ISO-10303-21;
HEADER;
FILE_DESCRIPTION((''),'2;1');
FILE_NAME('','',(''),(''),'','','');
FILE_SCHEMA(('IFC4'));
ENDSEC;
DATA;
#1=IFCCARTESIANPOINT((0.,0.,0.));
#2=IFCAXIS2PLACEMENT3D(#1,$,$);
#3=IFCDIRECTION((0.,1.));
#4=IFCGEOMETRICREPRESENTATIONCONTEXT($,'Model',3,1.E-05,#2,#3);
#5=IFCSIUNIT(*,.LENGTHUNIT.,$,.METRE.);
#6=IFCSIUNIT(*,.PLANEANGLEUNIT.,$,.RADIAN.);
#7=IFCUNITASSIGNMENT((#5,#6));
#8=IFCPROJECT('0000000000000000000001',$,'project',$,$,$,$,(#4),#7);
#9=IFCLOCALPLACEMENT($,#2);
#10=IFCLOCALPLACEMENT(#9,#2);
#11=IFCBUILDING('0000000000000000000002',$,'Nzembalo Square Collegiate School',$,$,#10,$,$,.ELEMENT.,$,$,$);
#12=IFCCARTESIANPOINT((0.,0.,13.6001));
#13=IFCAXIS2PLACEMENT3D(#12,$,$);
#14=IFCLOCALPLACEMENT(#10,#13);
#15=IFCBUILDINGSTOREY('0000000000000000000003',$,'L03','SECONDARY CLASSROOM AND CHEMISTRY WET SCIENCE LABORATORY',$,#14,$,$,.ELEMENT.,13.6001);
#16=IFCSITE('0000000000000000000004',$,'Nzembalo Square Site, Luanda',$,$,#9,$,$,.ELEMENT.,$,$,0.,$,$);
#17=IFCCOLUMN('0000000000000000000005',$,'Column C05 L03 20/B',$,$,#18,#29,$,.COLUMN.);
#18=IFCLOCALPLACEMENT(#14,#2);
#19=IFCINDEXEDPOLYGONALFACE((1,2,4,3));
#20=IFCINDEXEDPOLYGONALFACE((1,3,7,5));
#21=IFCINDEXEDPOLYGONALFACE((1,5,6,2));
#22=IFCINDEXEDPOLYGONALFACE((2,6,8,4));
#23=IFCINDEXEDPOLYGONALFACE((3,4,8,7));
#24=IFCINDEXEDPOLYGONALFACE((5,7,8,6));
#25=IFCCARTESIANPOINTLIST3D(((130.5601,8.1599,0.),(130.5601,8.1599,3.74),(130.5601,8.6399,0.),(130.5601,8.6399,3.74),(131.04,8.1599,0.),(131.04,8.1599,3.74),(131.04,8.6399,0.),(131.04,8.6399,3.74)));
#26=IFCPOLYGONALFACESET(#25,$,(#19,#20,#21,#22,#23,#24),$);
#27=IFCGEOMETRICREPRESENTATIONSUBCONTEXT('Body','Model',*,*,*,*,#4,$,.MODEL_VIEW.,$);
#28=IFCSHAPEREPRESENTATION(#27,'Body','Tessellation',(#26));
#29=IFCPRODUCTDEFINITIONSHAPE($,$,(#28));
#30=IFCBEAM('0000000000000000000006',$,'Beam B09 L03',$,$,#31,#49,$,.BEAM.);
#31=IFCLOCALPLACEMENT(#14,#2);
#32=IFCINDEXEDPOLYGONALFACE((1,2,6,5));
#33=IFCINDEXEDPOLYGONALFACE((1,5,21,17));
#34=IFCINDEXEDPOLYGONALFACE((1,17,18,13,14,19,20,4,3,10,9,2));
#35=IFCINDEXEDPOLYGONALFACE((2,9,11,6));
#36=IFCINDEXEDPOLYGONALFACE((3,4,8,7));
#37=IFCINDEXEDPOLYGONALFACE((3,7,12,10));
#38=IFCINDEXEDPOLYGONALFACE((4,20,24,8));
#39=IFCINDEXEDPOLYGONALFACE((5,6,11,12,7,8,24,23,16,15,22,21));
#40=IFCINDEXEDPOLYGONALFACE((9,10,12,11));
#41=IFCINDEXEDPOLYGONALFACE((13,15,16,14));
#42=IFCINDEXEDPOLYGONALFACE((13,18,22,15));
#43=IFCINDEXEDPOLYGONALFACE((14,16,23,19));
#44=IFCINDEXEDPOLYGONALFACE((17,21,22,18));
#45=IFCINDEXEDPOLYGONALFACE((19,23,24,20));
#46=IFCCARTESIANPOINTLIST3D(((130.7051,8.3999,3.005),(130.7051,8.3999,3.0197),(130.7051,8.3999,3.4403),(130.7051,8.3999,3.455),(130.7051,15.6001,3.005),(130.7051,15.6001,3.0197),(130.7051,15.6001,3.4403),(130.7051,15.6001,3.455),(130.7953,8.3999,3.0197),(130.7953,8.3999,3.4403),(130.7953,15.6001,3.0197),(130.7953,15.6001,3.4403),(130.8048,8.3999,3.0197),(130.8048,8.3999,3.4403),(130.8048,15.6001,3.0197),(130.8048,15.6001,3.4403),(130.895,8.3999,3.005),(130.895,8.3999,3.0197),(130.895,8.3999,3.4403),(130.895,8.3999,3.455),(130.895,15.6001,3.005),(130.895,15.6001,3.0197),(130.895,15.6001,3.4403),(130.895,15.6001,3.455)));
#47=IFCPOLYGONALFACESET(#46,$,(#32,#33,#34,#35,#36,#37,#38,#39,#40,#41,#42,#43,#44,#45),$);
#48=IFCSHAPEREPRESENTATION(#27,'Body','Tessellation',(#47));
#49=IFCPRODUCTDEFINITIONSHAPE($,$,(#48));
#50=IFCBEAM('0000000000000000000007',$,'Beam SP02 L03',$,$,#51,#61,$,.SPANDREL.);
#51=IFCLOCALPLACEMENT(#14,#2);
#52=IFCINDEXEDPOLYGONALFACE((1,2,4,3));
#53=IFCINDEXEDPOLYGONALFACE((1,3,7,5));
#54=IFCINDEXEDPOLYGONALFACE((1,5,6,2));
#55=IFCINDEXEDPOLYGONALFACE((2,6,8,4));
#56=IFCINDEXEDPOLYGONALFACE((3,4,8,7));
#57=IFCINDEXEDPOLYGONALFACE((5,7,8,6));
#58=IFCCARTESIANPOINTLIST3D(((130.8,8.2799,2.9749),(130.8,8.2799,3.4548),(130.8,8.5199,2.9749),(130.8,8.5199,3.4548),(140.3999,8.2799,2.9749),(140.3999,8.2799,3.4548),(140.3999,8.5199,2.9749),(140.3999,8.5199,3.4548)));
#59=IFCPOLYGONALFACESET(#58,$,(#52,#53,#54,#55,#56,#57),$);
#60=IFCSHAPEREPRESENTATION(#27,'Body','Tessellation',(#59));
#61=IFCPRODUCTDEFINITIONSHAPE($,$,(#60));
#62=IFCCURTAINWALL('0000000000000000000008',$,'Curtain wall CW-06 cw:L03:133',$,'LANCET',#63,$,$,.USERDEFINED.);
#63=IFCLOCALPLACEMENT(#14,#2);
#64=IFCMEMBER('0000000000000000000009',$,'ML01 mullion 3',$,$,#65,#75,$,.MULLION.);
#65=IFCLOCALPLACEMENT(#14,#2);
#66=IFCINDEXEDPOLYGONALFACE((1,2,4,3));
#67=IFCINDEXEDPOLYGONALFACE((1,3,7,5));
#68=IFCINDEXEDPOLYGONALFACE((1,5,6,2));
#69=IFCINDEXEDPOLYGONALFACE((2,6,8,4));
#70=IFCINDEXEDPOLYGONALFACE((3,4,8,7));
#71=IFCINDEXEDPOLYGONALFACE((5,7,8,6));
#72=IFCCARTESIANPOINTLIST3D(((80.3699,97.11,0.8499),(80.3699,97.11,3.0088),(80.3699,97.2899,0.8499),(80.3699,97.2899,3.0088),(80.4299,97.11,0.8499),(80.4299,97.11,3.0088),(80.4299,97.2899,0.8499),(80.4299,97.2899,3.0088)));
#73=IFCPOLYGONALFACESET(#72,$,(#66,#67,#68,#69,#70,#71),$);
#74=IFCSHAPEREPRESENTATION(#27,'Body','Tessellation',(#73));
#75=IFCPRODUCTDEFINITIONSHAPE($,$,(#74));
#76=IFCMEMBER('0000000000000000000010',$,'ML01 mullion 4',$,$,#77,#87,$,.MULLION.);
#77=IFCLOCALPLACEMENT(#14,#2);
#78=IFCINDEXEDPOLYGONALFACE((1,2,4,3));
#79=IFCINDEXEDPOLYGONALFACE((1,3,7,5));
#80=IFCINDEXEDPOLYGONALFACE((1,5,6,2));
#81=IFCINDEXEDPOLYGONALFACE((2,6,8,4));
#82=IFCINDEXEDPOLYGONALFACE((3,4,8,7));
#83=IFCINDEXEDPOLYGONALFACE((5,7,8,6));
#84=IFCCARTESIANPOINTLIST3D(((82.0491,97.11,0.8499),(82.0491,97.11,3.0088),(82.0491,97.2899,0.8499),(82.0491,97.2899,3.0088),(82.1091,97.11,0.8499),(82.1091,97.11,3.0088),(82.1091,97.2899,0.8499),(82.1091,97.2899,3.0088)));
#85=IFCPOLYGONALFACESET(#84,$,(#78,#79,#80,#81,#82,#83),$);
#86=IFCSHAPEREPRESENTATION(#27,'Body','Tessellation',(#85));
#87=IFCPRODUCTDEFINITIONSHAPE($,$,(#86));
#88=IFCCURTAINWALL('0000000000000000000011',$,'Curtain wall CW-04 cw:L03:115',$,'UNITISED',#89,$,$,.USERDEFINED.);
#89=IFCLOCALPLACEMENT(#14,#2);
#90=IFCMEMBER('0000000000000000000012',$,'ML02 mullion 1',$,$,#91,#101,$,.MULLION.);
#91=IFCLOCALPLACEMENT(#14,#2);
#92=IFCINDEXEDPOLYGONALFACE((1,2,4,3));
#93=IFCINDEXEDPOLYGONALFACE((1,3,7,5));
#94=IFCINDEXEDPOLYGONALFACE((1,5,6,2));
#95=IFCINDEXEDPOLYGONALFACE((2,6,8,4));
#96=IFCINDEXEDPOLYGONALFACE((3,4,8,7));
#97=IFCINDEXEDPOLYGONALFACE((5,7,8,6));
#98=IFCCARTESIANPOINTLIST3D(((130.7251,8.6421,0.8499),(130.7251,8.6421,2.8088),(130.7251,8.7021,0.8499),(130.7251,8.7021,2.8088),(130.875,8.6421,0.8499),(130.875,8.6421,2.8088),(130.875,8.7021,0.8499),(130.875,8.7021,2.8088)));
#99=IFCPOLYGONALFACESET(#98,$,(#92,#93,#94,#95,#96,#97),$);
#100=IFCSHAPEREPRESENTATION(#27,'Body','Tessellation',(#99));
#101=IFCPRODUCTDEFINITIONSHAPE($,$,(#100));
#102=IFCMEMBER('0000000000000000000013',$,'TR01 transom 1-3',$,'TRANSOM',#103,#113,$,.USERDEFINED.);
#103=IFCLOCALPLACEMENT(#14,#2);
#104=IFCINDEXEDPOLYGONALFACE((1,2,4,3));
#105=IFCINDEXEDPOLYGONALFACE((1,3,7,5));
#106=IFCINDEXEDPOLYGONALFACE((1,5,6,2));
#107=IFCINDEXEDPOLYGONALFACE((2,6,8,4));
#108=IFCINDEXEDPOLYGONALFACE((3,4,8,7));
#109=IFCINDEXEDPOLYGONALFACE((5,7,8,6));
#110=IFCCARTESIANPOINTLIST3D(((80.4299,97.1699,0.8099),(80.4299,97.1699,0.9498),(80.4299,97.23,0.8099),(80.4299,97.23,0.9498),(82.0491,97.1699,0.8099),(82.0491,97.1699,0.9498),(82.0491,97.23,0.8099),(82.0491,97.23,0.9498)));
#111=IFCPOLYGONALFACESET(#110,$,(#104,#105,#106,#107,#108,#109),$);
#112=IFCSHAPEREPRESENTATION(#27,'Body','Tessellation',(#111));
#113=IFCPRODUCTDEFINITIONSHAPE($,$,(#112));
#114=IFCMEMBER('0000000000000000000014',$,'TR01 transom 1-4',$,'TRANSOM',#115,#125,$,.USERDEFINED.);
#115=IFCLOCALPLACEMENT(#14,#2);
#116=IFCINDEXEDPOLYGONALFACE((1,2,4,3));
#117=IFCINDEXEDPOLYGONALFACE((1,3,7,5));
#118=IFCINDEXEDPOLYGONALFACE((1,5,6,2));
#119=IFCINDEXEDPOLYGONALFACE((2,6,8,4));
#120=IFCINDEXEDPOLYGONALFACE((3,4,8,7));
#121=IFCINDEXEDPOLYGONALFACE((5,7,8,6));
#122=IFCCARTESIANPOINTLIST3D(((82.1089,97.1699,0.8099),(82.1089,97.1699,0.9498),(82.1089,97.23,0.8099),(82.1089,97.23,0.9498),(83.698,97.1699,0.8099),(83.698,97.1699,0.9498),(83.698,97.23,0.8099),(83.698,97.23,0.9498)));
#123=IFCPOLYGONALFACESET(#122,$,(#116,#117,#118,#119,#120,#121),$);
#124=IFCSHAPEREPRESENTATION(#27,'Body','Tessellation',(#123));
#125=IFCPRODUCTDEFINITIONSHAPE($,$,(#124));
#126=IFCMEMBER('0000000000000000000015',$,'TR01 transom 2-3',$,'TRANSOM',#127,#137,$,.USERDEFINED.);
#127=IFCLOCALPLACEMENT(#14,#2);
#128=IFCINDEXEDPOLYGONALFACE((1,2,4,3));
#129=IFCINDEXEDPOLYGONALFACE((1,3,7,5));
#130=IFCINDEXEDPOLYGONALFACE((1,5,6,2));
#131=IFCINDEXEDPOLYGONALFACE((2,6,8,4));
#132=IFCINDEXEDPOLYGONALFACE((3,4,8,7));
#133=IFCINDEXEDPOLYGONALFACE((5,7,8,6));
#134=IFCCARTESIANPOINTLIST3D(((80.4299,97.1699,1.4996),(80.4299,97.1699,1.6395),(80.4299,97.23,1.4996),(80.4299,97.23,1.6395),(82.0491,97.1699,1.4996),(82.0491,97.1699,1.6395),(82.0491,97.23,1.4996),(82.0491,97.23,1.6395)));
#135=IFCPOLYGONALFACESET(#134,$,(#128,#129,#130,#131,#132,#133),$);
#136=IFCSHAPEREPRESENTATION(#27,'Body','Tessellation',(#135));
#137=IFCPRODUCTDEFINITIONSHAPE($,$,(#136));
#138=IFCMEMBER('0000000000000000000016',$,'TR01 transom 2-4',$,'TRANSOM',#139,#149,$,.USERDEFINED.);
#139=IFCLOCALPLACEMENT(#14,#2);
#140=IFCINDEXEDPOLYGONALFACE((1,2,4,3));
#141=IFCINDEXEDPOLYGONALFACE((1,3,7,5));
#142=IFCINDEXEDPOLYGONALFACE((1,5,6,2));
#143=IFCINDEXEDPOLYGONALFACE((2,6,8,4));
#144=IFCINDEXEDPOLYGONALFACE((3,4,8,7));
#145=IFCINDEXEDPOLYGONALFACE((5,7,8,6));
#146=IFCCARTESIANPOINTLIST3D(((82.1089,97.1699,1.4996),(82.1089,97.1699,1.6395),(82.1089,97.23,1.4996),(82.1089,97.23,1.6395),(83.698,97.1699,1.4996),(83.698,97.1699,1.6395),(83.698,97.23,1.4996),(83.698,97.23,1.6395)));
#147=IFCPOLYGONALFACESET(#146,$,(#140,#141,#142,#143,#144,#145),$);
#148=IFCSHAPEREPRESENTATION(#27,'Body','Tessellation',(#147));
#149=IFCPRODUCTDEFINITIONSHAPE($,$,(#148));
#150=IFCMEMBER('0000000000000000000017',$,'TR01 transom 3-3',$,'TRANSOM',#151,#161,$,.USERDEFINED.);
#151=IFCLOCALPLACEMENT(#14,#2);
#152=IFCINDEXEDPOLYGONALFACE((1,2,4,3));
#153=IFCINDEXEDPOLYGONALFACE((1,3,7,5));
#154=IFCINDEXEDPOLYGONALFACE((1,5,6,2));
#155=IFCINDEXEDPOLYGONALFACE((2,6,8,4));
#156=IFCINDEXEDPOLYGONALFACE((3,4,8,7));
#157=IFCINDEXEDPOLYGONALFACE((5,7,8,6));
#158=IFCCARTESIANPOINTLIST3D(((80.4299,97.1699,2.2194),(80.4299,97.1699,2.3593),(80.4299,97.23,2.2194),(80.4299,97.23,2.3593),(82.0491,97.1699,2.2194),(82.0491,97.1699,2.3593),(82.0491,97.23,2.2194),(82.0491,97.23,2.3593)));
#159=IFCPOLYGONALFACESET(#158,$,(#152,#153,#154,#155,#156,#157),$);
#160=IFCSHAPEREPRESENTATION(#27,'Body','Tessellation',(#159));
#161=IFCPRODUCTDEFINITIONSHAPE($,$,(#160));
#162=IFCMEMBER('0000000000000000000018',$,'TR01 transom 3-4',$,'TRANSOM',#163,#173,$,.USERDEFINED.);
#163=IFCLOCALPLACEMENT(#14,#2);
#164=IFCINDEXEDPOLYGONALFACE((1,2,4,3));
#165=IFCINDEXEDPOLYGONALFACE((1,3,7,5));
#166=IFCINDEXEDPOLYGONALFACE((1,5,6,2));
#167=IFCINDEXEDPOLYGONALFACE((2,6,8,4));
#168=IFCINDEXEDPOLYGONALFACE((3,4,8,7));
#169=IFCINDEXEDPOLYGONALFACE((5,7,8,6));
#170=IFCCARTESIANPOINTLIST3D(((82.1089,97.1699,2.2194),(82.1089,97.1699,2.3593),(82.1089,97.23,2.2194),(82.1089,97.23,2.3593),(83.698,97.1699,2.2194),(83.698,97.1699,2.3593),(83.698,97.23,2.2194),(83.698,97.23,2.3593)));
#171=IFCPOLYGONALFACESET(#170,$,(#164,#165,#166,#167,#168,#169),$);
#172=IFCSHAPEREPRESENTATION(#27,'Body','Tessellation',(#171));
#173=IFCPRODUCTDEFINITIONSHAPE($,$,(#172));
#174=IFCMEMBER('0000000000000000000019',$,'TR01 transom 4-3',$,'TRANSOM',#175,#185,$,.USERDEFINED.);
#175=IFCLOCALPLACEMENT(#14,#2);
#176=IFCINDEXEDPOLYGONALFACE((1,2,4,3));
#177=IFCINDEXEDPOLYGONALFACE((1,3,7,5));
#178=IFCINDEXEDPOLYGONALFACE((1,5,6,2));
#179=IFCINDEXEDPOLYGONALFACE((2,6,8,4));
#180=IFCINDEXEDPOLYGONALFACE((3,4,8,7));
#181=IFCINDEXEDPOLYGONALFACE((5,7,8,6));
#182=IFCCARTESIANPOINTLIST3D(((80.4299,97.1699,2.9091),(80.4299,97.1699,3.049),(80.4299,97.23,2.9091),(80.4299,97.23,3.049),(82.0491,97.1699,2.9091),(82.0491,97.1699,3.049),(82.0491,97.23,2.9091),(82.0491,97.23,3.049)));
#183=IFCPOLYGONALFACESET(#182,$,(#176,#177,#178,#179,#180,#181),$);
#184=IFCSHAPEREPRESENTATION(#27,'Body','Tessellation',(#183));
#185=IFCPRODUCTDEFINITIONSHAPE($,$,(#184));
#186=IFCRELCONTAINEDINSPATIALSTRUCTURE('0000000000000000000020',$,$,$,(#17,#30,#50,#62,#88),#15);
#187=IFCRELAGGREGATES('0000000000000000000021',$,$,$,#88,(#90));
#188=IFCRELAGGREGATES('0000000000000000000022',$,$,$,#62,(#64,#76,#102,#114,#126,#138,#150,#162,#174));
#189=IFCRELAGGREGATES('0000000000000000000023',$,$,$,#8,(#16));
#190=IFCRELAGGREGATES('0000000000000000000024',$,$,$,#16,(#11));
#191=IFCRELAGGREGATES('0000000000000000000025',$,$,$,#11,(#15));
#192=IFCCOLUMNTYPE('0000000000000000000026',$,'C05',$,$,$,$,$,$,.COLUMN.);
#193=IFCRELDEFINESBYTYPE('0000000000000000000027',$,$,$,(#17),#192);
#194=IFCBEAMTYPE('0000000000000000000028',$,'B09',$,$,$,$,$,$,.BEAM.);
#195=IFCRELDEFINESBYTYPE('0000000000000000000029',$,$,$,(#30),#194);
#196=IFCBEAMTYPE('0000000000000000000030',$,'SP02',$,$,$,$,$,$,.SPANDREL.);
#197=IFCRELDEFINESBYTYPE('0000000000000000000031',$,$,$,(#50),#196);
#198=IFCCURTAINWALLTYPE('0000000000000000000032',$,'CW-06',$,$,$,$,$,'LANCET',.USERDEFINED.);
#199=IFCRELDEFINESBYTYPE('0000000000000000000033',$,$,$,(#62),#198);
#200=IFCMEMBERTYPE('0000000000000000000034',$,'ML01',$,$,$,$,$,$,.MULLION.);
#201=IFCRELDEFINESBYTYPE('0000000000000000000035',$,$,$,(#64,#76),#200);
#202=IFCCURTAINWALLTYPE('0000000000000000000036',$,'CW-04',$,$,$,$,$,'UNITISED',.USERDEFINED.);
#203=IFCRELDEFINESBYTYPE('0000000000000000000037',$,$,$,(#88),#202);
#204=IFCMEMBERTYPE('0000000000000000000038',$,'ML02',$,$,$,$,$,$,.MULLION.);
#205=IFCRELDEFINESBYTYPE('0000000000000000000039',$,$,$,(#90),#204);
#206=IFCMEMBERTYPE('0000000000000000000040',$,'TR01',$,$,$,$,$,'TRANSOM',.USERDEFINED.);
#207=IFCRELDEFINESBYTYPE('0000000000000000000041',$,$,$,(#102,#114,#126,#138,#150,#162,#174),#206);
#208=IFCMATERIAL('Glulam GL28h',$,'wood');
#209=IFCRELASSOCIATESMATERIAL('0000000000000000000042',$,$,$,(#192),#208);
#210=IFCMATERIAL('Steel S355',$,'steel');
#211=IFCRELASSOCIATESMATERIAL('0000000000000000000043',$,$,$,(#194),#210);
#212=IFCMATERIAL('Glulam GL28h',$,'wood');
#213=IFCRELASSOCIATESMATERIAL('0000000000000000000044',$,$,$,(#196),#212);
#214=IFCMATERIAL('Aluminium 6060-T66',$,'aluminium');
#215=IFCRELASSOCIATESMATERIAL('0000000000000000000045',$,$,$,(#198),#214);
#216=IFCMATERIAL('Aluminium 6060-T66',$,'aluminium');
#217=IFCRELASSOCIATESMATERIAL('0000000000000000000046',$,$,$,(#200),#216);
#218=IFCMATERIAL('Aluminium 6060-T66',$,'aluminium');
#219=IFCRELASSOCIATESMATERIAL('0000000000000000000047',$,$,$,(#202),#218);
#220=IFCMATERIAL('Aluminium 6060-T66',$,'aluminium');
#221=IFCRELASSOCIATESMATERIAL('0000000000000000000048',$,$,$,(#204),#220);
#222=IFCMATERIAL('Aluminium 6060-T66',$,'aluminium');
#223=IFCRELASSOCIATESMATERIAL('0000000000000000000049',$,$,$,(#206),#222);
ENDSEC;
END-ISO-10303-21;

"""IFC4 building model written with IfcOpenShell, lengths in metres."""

from ifc_helpers import new_model, si_unit, direction, frame, origin, origin_2d, place, context, subcontext, project, spatial, rectangle, i_section, extrude, material, material_profile, profile_set, type_object, element, aggregate, save


model = new_model("IFC4")

# Units and contexts
model_context = context("Model", 3, precision=1e-05, world=origin(), true_north=direction((0.0, 1.0)))
body_context = subcontext(model_context, "Body", "Model", "MODEL_VIEW")
ifc_project = project(units=[si_unit("LENGTHUNIT", "METRE"), si_unit("PLANEANGLEUNIT", "RADIAN")], contexts=[model_context])

# Site, building, storey
site_placement = place(None, origin())
site = spatial("IfcSite", under=ifc_project, at=site_placement, Name="Nzembalo Square Site, Luanda", CompositionType="ELEMENT", RefElevation=0.0)
building_placement = place(site_placement, origin())
building = spatial("IfcBuilding", under=site, at=building_placement, Name="Nzembalo Square Collegiate School", CompositionType="ELEMENT")
storey_placement = place(building_placement, frame((0.0, 0.0, 13.6001)))
storey = spatial("IfcBuildingStorey", under=building, at=storey_placement, Name="L03", Description="SECONDARY CLASSROOM AND CHEMISTRY WET SCIENCE LABORATORY", CompositionType="ELEMENT", Elevation=13.6001)

# Column
ifc_material_1 = material(Name="Glulam GL28h", Category="wood")
ifc_material_profile_1 = material_profile(ifc_material_1, rectangle(XDim=0.48, YDim=0.48, at=origin_2d()), Name="GL28h 480x480")
ifc_profile_set_1 = profile_set([ifc_material_profile_1], Name="Glulam GL28h")
column_type = type_object("IfcColumnType", Name="C05", PredefinedType="COLUMN", material=ifc_profile_set_1)
column_placement = place(storey_placement, frame((130.8, 8.3999, 0.0), z_axis=(0.0, 0.0, 1.0), x_axis=(1.0, 0.0, 0.0)))
element("IfcColumn", 1, at=column_placement, inside=storey, type_object=column_type, Name="Column C05 L03 20/B", PredefinedType="COLUMN", context=body_context, shape_type="SweptSolid", body=[
    extrude(rectangle(XDim=0.48, YDim=0.48, at=origin_2d()), origin(), (0.0, 0.0, 1.0), 3.74),
])

# Beams
ifc_material_2 = material(Name="Steel S355", Category="steel")
ifc_material_profile_2 = material_profile(ifc_material_2, i_section(OverallWidth=0.1899, OverallDepth=0.45, WebThickness=0.0095, FlangeThickness=0.0146, at=origin_2d()), Name="IPE 450")
ifc_profile_set_2 = profile_set([ifc_material_profile_2], Name="Steel S355")
beam_type_1 = type_object("IfcBeamType", Name="B09", PredefinedType="BEAM", material=ifc_profile_set_2)
beam_1_placement = place(storey_placement, frame((130.8, 8.3999, 3.23), z_axis=(0.0, 1.0, 0.0), x_axis=(-1.0, 0.0, 0.0)))
element("IfcBeam", 2, at=beam_1_placement, inside=storey, type_object=beam_type_1, Name="Beam B09 L03", PredefinedType="BEAM", context=body_context, shape_type="SweptSolid", body=[
    extrude(i_section(OverallWidth=0.1899, OverallDepth=0.45, WebThickness=0.0095, FlangeThickness=0.0146, at=origin_2d()), origin(), (0.0, 0.0, 1.0), 7.2002),
])
ifc_material_3 = material(Name="Glulam GL28h", Category="wood")
ifc_material_profile_3 = material_profile(ifc_material_3, rectangle(XDim=0.24, YDim=0.48, at=origin_2d()), Name="GL28h 240x480")
ifc_profile_set_3 = profile_set([ifc_material_profile_3], Name="Glulam GL28h")
beam_type_2 = type_object("IfcBeamType", Name="SP02", PredefinedType="SPANDREL", material=ifc_profile_set_3)
beam_2_placement = place(storey_placement, frame((130.8, 8.3999, 3.2148), z_axis=(1.0, 0.0, 0.0), x_axis=(0.0, 1.0, 0.0)))
element("IfcBeam", 3, at=beam_2_placement, inside=storey, type_object=beam_type_2, Name="Beam SP02 L03", PredefinedType="SPANDREL", context=body_context, shape_type="SweptSolid", body=[
    extrude(rectangle(XDim=0.24, YDim=0.48, at=origin_2d()), origin(), (0.0, 0.0, 1.0), 9.5999),
])

# Curtain wall, members
ifc_material_4 = material(Name="Aluminium 6060-T66", Category="aluminium")
curtain_wall_type_1 = type_object("IfcCurtainWallType", Name="CW-06", ElementType="LANCET", PredefinedType="USERDEFINED", material=ifc_material_4)
curtain_wall_1_placement = place(storey_placement, origin())
curtain_wall_1 = element("IfcCurtainWall", 4, at=curtain_wall_1_placement, inside=storey, type_object=curtain_wall_type_1, Name="Curtain wall CW-06 cw:L03:133", ObjectType="LANCET", PredefinedType="USERDEFINED")
ifc_material_5 = material(Name="Aluminium 6060-T66", Category="aluminium")
ifc_material_profile_4 = material_profile(ifc_material_5, rectangle(XDim=0.0601, YDim=0.1799, at=origin_2d()), Name="ALU M60x180")
ifc_profile_set_4 = profile_set([ifc_material_profile_4], Name="Aluminium 6060-T66")
member_type_1 = type_object("IfcMemberType", Name="ML01", PredefinedType="MULLION", material=ifc_profile_set_4)
member_1_placement = place(storey_placement, frame((80.3999, 97.2, 0.8499), z_axis=(0.0, 0.0, 1.0), x_axis=(1.0, 0.0, 0.0)))
member_1 = element("IfcMember", 5, at=member_1_placement, type_object=member_type_1, Name="ML01 mullion 3", PredefinedType="MULLION", context=body_context, shape_type="SweptSolid", body=[
    extrude(rectangle(XDim=0.0601, YDim=0.1799, at=origin_2d()), origin(), (0.0, 0.0, 1.0), 2.1589),
])
member_2_placement = place(storey_placement, frame((82.0791, 97.2, 0.8499), z_axis=(0.0, 0.0, 1.0), x_axis=(1.0, 0.0, 0.0)))
member_2 = element("IfcMember", 6, at=member_2_placement, type_object=member_type_1, Name="ML01 mullion 4", PredefinedType="MULLION", context=body_context, shape_type="SweptSolid", body=[
    extrude(rectangle(XDim=0.0601, YDim=0.1799, at=origin_2d()), origin(), (0.0, 0.0, 1.0), 2.1589),
])

# Curtain wall, member
ifc_material_6 = material(Name="Aluminium 6060-T66", Category="aluminium")
curtain_wall_type_2 = type_object("IfcCurtainWallType", Name="CW-04", ElementType="UNITISED", PredefinedType="USERDEFINED", material=ifc_material_6)
curtain_wall_2_placement = place(storey_placement, origin())
curtain_wall_2 = element("IfcCurtainWall", 7, at=curtain_wall_2_placement, inside=storey, type_object=curtain_wall_type_2, Name="Curtain wall CW-04 cw:L03:115", ObjectType="UNITISED", PredefinedType="USERDEFINED")
ifc_material_7 = material(Name="Aluminium 6060-T66", Category="aluminium")
ifc_material_profile_5 = material_profile(ifc_material_7, rectangle(XDim=0.0601, YDim=0.1499, at=origin_2d()), Name="ALU M60x150")
ifc_profile_set_5 = profile_set([ifc_material_profile_5], Name="Aluminium 6060-T66")
member_type_2 = type_object("IfcMemberType", Name="ML02", PredefinedType="MULLION", material=ifc_profile_set_5)
member_3_placement = place(storey_placement, frame((130.8, 8.6721, 0.8499), z_axis=(0.0, 0.0, 1.0), x_axis=(0.0, 1.0, 0.0)))
member_3 = element("IfcMember", 8, at=member_3_placement, type_object=member_type_2, Name="ML02 mullion 1", PredefinedType="MULLION", context=body_context, shape_type="SweptSolid", body=[
    extrude(rectangle(XDim=0.0601, YDim=0.1499, at=origin_2d()), origin(), (0.0, 0.0, 1.0), 1.959),
])

# Members
ifc_material_8 = material(Name="Aluminium 6060-T66", Category="aluminium")
ifc_material_profile_6 = material_profile(ifc_material_8, rectangle(XDim=0.0601, YDim=0.1399, at=origin_2d()), Name="ALU T60x140")
ifc_profile_set_6 = profile_set([ifc_material_profile_6], Name="Aluminium 6060-T66")
member_type_3 = type_object("IfcMemberType", Name="TR01", ElementType="TRANSOM", PredefinedType="USERDEFINED", material=ifc_profile_set_6)
member_4_placement = place(storey_placement, frame((80.4299, 97.2, 0.8799), z_axis=(1.0, 0.0, 0.0), x_axis=(0.0, 1.0, 0.0)))
member_4 = element("IfcMember", 9, at=member_4_placement, type_object=member_type_3, Name="TR01 transom 1-3", ObjectType="TRANSOM", PredefinedType="USERDEFINED", context=body_context, shape_type="SweptSolid", body=[
    extrude(rectangle(XDim=0.0601, YDim=0.1399, at=origin_2d()), origin(), (0.0, 0.0, 1.0), 1.6191),
])
member_5_placement = place(storey_placement, frame((82.1089, 97.2, 0.8799), z_axis=(1.0, 0.0, 0.0), x_axis=(0.0, 1.0, 0.0)))
member_5 = element("IfcMember", 10, at=member_5_placement, type_object=member_type_3, Name="TR01 transom 1-4", ObjectType="TRANSOM", PredefinedType="USERDEFINED", context=body_context, shape_type="SweptSolid", body=[
    extrude(rectangle(XDim=0.0601, YDim=0.1399, at=origin_2d()), origin(), (0.0, 0.0, 1.0), 1.5891),
])
member_6_placement = place(storey_placement, frame((80.4299, 97.2, 1.5696), z_axis=(1.0, 0.0, 0.0), x_axis=(0.0, 1.0, 0.0)))
member_6 = element("IfcMember", 11, at=member_6_placement, type_object=member_type_3, Name="TR01 transom 2-3", ObjectType="TRANSOM", PredefinedType="USERDEFINED", context=body_context, shape_type="SweptSolid", body=[
    extrude(rectangle(XDim=0.0601, YDim=0.1399, at=origin_2d()), origin(), (0.0, 0.0, 1.0), 1.6191),
])
member_7_placement = place(storey_placement, frame((82.1089, 97.2, 1.5696), z_axis=(1.0, 0.0, 0.0), x_axis=(0.0, 1.0, 0.0)))
member_7 = element("IfcMember", 12, at=member_7_placement, type_object=member_type_3, Name="TR01 transom 2-4", ObjectType="TRANSOM", PredefinedType="USERDEFINED", context=body_context, shape_type="SweptSolid", body=[
    extrude(rectangle(XDim=0.0601, YDim=0.1399, at=origin_2d()), origin(), (0.0, 0.0, 1.0), 1.5891),
])
member_8_placement = place(storey_placement, frame((80.4299, 97.2, 2.2893), z_axis=(1.0, 0.0, 0.0), x_axis=(0.0, 1.0, 0.0)))
member_8 = element("IfcMember", 13, at=member_8_placement, type_object=member_type_3, Name="TR01 transom 3-3", ObjectType="TRANSOM", PredefinedType="USERDEFINED", context=body_context, shape_type="SweptSolid", body=[
    extrude(rectangle(XDim=0.0601, YDim=0.1399, at=origin_2d()), origin(), (0.0, 0.0, 1.0), 1.6191),
])
member_9_placement = place(storey_placement, frame((82.1089, 97.2, 2.2893), z_axis=(1.0, 0.0, 0.0), x_axis=(0.0, 1.0, 0.0)))
member_9 = element("IfcMember", 14, at=member_9_placement, type_object=member_type_3, Name="TR01 transom 3-4", ObjectType="TRANSOM", PredefinedType="USERDEFINED", context=body_context, shape_type="SweptSolid", body=[
    extrude(rectangle(XDim=0.0601, YDim=0.1399, at=origin_2d()), origin(), (0.0, 0.0, 1.0), 1.5891),
])
member_10_placement = place(storey_placement, frame((80.4299, 97.2, 2.979), z_axis=(1.0, 0.0, 0.0), x_axis=(0.0, 1.0, 0.0)))
member_10 = element("IfcMember", 15, at=member_10_placement, type_object=member_type_3, Name="TR01 transom 4-3", ObjectType="TRANSOM", PredefinedType="USERDEFINED", context=body_context, shape_type="SweptSolid", body=[
    extrude(rectangle(XDim=0.0601, YDim=0.1399, at=origin_2d()), origin(), (0.0, 0.0, 1.0), 1.6191),
])
aggregate(curtain_wall_2, [member_3])

aggregate(curtain_wall_1, [member_1, member_2, member_4, member_5, member_6, member_7, member_8, member_9, member_10])

save(model, "model.ifc")
